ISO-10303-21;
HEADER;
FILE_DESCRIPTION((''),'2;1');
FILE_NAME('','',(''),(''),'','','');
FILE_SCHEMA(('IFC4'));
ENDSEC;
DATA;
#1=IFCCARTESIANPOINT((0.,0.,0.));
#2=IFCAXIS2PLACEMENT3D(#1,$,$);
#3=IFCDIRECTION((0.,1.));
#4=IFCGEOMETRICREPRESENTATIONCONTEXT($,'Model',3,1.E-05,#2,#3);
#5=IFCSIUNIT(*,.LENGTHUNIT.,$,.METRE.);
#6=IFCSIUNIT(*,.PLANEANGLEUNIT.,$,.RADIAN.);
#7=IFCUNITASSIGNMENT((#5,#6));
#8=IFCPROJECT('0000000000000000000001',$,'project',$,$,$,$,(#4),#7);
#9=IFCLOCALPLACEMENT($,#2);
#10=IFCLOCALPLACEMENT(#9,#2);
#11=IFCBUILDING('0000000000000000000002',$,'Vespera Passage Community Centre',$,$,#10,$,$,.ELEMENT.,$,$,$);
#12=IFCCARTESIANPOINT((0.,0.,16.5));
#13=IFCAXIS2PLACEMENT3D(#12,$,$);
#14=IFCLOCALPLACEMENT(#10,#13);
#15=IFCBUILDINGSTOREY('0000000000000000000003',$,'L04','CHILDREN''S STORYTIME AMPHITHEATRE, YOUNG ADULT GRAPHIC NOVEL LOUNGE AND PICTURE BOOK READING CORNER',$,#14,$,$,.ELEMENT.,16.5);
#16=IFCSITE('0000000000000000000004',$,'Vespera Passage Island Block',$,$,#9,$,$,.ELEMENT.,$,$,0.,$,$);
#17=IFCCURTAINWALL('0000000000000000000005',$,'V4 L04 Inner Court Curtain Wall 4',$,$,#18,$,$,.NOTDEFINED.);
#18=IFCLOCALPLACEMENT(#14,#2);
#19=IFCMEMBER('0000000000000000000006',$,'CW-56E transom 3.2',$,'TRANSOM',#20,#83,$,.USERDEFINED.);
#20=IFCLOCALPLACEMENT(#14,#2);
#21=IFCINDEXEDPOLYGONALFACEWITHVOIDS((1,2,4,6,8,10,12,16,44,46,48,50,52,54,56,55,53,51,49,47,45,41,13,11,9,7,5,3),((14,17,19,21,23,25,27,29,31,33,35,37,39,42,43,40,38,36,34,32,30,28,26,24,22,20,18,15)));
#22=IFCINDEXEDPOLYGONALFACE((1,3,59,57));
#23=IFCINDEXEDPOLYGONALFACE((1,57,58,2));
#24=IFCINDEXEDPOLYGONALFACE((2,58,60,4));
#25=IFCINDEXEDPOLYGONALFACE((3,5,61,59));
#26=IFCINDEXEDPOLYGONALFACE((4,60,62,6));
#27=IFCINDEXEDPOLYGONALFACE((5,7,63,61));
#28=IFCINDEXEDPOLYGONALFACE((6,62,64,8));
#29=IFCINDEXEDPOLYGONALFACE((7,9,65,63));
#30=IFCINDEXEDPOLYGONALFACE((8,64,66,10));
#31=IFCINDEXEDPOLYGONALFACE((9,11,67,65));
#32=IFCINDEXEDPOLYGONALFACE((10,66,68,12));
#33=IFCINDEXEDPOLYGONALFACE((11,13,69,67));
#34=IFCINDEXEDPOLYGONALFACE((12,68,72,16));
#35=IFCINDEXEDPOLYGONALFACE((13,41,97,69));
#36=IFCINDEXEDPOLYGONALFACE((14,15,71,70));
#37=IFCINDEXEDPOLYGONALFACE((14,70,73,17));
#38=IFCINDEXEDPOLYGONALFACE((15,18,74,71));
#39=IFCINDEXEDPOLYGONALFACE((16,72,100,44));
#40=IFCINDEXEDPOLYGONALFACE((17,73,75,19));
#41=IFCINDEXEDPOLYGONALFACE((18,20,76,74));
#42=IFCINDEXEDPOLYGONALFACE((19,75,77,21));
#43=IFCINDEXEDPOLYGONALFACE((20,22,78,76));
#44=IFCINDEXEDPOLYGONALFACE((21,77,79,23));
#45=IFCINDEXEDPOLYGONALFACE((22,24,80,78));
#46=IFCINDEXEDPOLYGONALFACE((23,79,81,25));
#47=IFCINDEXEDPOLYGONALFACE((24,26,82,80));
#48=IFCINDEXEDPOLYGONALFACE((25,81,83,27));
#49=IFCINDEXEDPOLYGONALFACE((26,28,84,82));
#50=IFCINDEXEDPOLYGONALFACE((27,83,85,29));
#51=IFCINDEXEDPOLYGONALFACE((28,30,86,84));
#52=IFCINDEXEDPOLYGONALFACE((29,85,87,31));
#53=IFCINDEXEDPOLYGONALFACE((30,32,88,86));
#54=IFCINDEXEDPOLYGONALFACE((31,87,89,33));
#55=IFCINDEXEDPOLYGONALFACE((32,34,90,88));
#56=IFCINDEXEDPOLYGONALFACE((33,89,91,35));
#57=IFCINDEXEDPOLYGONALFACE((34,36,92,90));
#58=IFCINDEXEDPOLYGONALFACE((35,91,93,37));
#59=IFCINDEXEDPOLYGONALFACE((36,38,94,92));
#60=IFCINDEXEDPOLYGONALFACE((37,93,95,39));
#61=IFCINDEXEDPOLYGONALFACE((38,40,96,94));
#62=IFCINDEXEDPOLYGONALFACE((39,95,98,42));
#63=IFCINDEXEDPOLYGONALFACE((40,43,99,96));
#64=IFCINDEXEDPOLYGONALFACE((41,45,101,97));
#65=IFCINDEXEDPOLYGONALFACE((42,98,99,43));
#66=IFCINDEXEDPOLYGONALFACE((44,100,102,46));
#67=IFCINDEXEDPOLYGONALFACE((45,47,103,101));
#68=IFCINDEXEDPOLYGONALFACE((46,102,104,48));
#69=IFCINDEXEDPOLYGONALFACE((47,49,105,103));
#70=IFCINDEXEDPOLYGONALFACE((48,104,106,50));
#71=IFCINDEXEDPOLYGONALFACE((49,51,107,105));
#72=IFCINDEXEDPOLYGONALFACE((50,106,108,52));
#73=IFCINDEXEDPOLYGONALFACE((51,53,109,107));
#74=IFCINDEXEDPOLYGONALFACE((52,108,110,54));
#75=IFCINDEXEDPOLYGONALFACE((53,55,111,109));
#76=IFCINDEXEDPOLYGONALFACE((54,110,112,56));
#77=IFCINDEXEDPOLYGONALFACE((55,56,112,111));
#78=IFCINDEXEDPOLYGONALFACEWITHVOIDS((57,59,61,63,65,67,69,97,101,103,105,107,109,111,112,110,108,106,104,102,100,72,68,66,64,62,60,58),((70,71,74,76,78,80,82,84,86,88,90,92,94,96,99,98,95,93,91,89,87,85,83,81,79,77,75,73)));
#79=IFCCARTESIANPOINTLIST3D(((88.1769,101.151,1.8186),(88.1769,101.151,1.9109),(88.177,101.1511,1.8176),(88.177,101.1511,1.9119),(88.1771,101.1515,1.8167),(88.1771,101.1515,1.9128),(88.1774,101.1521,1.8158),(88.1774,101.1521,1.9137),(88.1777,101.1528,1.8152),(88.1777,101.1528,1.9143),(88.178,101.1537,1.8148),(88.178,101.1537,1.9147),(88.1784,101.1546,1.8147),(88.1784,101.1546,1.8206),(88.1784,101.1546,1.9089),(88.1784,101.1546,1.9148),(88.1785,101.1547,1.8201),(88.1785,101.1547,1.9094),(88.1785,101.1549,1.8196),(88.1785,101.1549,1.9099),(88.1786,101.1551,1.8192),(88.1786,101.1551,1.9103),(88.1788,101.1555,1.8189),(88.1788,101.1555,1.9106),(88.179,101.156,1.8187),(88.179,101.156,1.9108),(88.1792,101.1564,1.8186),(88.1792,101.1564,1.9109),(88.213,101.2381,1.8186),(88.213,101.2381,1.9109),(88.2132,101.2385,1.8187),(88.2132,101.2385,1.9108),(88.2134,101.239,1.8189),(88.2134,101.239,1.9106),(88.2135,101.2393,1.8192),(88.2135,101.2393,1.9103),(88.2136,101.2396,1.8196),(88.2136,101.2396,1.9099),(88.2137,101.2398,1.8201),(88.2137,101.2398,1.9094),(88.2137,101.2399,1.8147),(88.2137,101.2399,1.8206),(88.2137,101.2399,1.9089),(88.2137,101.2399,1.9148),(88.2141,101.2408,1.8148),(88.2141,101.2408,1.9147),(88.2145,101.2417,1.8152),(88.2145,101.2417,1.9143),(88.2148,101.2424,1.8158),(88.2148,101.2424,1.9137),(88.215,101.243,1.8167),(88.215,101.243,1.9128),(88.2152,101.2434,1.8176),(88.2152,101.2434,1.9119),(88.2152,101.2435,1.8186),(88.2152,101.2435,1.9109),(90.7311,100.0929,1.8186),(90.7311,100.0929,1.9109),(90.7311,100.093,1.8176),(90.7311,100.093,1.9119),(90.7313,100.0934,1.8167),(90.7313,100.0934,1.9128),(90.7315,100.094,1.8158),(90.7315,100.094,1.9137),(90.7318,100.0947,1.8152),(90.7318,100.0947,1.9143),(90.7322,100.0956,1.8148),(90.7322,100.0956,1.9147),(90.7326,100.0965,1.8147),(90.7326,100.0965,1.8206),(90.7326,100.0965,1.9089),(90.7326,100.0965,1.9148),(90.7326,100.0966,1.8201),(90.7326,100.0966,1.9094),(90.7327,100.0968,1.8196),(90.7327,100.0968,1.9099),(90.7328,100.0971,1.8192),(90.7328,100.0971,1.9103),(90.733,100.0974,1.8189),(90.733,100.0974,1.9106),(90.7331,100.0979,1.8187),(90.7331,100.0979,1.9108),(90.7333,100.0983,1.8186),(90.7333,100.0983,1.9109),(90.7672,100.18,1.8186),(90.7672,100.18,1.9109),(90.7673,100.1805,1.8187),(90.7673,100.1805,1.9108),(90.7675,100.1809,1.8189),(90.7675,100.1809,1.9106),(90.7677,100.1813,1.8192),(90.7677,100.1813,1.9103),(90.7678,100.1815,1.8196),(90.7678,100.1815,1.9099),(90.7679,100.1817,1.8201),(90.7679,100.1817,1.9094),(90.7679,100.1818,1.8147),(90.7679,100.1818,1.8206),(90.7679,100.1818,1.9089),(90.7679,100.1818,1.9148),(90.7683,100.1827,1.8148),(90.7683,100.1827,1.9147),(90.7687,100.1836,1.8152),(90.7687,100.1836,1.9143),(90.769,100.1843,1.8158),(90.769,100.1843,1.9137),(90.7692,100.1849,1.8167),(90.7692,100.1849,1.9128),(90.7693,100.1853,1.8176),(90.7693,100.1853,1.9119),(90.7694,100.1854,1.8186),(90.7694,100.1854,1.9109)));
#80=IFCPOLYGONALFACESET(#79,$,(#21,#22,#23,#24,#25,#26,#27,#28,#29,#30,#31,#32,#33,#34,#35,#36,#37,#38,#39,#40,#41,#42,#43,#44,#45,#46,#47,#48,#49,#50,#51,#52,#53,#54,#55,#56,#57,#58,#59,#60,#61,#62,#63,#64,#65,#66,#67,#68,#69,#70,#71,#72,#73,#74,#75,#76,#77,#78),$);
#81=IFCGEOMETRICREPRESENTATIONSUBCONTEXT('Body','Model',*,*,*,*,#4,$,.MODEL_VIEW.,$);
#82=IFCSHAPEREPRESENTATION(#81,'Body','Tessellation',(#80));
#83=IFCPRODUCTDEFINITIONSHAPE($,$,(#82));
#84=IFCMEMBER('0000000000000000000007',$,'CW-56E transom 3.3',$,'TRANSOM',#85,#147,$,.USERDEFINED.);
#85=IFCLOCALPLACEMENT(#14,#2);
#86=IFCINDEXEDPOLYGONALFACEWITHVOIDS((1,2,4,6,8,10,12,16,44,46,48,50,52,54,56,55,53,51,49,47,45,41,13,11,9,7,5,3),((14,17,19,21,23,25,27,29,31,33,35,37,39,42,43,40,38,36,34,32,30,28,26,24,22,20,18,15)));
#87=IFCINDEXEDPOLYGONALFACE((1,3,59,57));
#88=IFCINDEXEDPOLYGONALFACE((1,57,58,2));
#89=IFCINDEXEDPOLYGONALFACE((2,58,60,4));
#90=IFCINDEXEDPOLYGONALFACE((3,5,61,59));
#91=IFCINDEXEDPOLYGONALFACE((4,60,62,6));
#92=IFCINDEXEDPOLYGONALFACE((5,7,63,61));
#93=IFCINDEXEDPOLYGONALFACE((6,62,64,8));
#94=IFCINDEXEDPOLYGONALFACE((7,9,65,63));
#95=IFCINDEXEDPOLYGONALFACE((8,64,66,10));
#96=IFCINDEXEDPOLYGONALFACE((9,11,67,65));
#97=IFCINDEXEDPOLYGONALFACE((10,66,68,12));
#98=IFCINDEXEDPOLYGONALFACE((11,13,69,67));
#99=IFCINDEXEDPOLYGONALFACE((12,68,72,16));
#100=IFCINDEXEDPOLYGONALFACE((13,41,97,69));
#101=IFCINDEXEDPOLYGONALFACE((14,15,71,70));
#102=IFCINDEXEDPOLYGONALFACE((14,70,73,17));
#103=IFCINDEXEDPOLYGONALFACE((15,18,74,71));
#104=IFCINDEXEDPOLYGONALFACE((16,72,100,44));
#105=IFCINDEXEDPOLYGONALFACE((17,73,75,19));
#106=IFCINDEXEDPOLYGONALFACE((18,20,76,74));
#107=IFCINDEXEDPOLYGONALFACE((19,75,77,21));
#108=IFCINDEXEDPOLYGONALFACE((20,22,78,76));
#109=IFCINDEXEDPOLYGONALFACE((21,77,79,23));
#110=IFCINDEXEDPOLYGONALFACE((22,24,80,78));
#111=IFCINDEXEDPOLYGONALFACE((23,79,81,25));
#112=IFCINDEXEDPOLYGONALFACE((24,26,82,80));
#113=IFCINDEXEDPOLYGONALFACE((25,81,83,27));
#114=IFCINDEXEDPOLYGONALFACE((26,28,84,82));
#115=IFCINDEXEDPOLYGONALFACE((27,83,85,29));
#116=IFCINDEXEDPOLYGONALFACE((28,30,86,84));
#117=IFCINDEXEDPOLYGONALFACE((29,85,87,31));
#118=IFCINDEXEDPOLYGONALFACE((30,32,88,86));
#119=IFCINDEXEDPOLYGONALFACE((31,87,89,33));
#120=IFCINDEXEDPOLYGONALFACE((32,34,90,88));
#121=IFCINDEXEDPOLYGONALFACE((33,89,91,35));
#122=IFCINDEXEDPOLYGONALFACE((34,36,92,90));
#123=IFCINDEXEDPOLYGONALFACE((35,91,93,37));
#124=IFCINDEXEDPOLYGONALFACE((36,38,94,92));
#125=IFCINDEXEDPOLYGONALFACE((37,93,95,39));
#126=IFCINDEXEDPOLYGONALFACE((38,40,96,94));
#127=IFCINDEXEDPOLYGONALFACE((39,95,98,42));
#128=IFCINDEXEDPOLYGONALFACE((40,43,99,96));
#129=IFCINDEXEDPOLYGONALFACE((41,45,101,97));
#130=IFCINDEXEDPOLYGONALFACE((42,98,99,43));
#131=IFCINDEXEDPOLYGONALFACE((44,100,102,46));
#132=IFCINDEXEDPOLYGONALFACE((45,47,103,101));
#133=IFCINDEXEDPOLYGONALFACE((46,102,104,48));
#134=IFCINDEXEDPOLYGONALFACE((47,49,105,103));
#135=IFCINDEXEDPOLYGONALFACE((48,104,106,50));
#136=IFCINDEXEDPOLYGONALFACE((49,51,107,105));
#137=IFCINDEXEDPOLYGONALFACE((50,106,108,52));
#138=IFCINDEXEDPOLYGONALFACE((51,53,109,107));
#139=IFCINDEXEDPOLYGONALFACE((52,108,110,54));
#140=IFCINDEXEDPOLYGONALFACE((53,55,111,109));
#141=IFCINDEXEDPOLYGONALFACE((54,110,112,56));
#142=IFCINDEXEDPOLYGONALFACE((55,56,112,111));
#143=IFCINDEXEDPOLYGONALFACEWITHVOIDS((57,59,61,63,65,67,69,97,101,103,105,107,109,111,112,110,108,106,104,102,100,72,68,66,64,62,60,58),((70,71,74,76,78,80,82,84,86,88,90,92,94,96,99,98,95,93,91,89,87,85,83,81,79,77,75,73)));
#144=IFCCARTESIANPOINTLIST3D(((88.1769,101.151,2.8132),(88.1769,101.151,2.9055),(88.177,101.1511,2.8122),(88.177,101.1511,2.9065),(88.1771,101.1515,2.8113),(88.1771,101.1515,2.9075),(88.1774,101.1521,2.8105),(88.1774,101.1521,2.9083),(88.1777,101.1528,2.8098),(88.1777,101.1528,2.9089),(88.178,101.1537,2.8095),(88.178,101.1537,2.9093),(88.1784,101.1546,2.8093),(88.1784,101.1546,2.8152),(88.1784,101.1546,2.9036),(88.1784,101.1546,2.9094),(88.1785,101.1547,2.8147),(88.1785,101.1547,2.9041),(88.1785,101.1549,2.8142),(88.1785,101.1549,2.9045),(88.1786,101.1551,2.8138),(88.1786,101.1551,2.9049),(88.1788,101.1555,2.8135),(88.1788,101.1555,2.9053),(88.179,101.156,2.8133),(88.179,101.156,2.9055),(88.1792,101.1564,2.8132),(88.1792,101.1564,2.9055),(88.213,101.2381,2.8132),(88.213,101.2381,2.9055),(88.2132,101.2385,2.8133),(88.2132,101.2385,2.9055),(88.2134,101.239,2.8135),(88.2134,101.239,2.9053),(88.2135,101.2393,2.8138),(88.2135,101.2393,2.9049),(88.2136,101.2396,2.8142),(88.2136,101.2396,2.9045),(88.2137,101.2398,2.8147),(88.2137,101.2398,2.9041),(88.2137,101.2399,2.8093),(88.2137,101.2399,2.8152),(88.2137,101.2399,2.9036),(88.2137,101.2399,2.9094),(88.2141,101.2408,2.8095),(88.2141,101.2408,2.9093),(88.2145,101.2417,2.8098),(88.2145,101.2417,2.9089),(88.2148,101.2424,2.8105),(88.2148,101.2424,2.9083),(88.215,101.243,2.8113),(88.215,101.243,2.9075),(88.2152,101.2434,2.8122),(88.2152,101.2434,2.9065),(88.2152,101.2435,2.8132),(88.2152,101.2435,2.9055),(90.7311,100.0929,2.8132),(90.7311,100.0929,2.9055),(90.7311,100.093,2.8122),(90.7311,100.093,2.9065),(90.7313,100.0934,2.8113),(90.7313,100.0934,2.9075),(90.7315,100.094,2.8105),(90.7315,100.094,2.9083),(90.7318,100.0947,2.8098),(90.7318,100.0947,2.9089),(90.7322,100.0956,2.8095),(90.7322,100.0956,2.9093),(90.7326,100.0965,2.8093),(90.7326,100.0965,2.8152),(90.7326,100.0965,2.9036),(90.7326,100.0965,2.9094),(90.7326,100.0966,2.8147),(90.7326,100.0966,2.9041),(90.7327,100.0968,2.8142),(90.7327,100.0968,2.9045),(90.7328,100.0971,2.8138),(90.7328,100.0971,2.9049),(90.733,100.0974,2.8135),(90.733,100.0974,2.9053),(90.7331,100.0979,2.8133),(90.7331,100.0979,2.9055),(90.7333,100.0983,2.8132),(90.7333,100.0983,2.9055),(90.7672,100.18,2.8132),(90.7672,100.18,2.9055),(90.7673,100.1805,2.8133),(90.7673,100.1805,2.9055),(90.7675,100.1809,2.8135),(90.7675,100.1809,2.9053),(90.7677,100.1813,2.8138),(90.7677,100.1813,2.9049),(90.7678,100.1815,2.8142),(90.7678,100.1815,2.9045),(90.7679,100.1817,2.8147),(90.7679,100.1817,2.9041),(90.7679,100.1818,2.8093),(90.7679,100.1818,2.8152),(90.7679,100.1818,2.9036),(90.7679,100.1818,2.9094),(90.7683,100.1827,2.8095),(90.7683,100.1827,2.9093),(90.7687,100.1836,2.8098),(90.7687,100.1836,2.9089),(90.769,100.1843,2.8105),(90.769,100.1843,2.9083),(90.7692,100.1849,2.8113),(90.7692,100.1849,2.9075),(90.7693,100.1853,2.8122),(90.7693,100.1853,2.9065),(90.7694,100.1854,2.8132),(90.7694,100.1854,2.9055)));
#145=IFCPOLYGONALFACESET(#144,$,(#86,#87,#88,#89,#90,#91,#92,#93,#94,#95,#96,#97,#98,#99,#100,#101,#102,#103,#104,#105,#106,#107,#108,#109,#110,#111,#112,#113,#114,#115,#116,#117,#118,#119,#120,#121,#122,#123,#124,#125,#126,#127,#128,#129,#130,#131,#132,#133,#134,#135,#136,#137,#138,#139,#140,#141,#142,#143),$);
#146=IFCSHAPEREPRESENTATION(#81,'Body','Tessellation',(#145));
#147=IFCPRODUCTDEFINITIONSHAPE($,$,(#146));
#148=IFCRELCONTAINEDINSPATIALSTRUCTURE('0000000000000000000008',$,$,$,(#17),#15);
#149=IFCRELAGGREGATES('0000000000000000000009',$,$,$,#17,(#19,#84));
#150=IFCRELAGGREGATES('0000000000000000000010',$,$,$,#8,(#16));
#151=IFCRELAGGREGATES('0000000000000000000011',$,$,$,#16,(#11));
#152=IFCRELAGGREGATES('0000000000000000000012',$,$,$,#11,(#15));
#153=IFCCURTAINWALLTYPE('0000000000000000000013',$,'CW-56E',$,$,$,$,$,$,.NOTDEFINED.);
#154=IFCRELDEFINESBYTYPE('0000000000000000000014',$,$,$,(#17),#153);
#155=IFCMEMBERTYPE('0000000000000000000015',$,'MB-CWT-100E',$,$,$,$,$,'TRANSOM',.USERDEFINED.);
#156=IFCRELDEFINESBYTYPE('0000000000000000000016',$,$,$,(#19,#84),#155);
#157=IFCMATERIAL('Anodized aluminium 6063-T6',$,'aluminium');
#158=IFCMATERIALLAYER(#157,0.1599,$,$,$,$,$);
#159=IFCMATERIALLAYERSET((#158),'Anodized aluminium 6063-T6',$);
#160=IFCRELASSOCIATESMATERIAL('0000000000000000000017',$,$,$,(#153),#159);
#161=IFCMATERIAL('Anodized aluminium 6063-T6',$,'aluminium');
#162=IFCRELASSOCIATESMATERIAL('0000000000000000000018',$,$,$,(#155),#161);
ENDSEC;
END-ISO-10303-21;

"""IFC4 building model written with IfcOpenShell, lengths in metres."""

from ifc_helpers import new_model, si_unit, direction, frame, origin, origin_2d, place, context, subcontext, project, spatial, hollow_rectangle, extrude, material, layer, layer_set, material_profile, profile_set, type_object, element, aggregate, save


model = new_model("IFC4")

# Units and contexts
model_context = context("Model", 3, precision=1e-05, world=origin(), true_north=direction((0.0, 1.0)))
body_context = subcontext(model_context, "Body", "Model", "MODEL_VIEW")
ifc_project = project(units=[si_unit("LENGTHUNIT", "METRE"), si_unit("PLANEANGLEUNIT", "RADIAN")], contexts=[model_context])

# Site, building, storey
site_placement = place(None, origin())
site = spatial("IfcSite", under=ifc_project, at=site_placement, Name="Vespera Passage Island Block", CompositionType="ELEMENT", RefElevation=0.0)
building_placement = place(site_placement, origin())
building = spatial("IfcBuilding", under=site, at=building_placement, Name="Vespera Passage Community Centre", CompositionType="ELEMENT")
storey_placement = place(building_placement, frame((0.0, 0.0, 16.5)))
storey = spatial("IfcBuildingStorey", under=building, at=storey_placement, Name="L04", Description="CHILDREN'S STORYTIME AMPHITHEATRE, YOUNG ADULT GRAPHIC NOVEL LOUNGE AND PICTURE BOOK READING CORNER", CompositionType="ELEMENT", Elevation=16.5)

# Curtain wall, members
ifc_material_1 = material(Name="Anodized aluminium 6063-T6", Category="aluminium")
ifc_layer_1 = layer(ifc_material_1, 0.1599)
ifc_layer_set_1 = layer_set([ifc_layer_1], Name="Anodized aluminium 6063-T6")
curtain_wall_type_1 = type_object("IfcCurtainWallType", Name="CW-56E", PredefinedType="NOTDEFINED", material=ifc_layer_set_1)
curtain_wall_1_placement = place(storey_placement, origin())
curtain_wall_1 = element("IfcCurtainWall", 1, at=curtain_wall_1_placement, inside=storey, type_object=curtain_wall_type_1, Name="V4 L04 Inner Court Curtain Wall 4", PredefinedType="NOTDEFINED")
ifc_material_2 = material(Name="Anodized aluminium 6063-T6", Category="aluminium")
ifc_material_profile_1 = material_profile(ifc_material_2, hollow_rectangle(XDim=0.1001, YDim=0.1001, WallThickness=0.0039, InnerFilletRadius=0.002, OuterFilletRadius=0.0039, at=origin_2d()), Name="ALU100X100X4")
ifc_profile_set_1 = profile_set([ifc_material_profile_1], Name="Anodized aluminium 6063-T6")
member_type_1 = type_object("IfcMemberType", Name="MB-CWT-100E", ElementType="TRANSOM", PredefinedType="USERDEFINED", material=ifc_profile_set_1)
member_1_placement = place(storey_placement, frame((90.7502, 100.1392, 1.8647), z_axis=(-0.923864, 0.382721, 0.0), x_axis=(-0.382721, -0.923864, 0.0)))
member_1 = element("IfcMember", 2, at=member_1_placement, type_object=member_type_1, Name="CW-56E transom 3.2", ObjectType="TRANSOM", PredefinedType="USERDEFINED", context=body_context, shape_type="SweptSolid", body=[
    extrude(hollow_rectangle(XDim=0.1001, YDim=0.1001, WallThickness=0.0039, InnerFilletRadius=0.002, OuterFilletRadius=0.0039, at=origin_2d()), origin(), (0.0, 0.0, 1.0), 2.7646),
])
member_2_placement = place(storey_placement, frame((90.7502, 100.1392, 2.8594), z_axis=(-0.923864, 0.382721, 0.0), x_axis=(-0.382721, -0.923864, 0.0)))
member_2 = element("IfcMember", 3, at=member_2_placement, type_object=member_type_1, Name="CW-56E transom 3.3", ObjectType="TRANSOM", PredefinedType="USERDEFINED", context=body_context, shape_type="SweptSolid", body=[
    extrude(hollow_rectangle(XDim=0.1001, YDim=0.1001, WallThickness=0.0039, InnerFilletRadius=0.002, OuterFilletRadius=0.0039, at=origin_2d()), origin(), (0.0, 0.0, 1.0), 2.7646),
])

aggregate(curtain_wall_1, [member_1, member_2])

save(model, "model.ifc")
